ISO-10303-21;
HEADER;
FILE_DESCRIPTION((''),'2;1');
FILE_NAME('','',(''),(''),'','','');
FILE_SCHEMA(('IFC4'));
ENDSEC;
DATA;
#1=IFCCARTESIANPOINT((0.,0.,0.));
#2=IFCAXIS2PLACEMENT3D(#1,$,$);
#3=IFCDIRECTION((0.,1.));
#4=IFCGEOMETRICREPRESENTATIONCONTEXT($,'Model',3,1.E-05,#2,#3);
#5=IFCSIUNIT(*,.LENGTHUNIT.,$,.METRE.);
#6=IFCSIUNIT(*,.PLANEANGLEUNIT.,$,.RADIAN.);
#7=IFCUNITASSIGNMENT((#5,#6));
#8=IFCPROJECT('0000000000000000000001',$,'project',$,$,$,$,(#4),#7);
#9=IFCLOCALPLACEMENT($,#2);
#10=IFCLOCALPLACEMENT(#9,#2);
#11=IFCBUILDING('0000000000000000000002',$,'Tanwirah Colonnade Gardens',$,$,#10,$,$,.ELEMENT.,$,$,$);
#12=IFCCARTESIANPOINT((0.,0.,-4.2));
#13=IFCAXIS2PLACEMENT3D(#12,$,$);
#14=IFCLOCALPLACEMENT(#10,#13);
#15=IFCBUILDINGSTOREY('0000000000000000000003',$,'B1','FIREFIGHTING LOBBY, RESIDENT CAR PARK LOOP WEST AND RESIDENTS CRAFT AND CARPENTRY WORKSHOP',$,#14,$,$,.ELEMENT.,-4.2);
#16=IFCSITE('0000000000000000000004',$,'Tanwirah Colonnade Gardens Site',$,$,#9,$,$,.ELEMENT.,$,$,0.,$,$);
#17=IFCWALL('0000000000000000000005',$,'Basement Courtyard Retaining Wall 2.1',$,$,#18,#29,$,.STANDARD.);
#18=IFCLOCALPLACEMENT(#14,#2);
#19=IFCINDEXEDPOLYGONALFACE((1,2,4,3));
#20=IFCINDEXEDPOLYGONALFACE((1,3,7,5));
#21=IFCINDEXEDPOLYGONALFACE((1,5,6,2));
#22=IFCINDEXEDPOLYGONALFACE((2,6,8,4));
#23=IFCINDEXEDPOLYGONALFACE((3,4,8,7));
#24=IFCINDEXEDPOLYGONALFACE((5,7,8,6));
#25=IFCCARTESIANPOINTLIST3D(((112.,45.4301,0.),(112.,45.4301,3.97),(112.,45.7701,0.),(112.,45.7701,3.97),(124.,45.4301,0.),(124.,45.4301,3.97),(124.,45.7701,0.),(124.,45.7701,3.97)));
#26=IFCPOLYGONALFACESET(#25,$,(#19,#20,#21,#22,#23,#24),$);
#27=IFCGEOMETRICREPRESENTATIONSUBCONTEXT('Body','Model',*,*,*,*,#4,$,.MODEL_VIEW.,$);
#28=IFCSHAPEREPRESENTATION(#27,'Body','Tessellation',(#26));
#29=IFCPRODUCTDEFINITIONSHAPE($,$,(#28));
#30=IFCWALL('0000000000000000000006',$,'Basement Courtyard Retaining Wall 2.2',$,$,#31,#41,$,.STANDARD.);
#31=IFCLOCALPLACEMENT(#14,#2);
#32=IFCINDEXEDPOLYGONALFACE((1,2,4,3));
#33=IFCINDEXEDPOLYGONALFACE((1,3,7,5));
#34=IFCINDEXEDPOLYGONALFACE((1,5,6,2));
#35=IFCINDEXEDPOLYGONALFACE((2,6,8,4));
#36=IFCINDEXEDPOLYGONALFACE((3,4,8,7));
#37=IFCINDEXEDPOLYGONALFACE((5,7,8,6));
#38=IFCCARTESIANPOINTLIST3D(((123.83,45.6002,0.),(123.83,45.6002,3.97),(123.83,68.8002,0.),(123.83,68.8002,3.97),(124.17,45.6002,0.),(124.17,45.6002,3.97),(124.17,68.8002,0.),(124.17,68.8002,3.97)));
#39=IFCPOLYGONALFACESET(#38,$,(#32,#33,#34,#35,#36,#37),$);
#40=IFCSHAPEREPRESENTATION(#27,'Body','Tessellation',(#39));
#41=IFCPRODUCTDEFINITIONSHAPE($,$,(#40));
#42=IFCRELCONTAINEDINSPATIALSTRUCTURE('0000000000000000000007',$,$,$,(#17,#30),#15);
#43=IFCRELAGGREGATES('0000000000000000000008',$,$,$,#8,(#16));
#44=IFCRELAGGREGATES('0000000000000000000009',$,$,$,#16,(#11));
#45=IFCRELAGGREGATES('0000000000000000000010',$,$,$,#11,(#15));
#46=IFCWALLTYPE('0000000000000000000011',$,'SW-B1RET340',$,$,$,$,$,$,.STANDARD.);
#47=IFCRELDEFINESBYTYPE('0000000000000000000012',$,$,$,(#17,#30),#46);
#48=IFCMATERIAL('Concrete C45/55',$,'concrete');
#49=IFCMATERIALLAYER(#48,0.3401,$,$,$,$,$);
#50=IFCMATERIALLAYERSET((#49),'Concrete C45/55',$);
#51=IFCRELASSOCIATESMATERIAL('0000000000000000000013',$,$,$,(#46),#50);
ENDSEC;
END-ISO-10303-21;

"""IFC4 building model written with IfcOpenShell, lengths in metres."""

from ifc_helpers import new_model, si_unit, direction, frame, frame_2d, origin, place, context, subcontext, project, spatial, rectangle, extrude, material, layer, layer_set, type_object, element, save


model = new_model("IFC4")

# Units and contexts
model_context = context("Model", 3, precision=1e-05, world=origin(), true_north=direction((0.0, 1.0)))
body_context = subcontext(model_context, "Body", "Model", "MODEL_VIEW")
ifc_project = project(units=[si_unit("LENGTHUNIT", "METRE"), si_unit("PLANEANGLEUNIT", "RADIAN")], contexts=[model_context])

# Site, building, storey
site_placement = place(None, origin())
site = spatial("IfcSite", under=ifc_project, at=site_placement, Name="Tanwirah Colonnade Gardens Site", CompositionType="ELEMENT", RefElevation=0.0)
building_placement = place(site_placement, origin())
building = spatial("IfcBuilding", under=site, at=building_placement, Name="Tanwirah Colonnade Gardens", CompositionType="ELEMENT")
storey_placement = place(building_placement, frame((0.0, 0.0, -4.2)))
storey = spatial("IfcBuildingStorey", under=building, at=storey_placement, Name="B1", Description="FIREFIGHTING LOBBY, RESIDENT CAR PARK LOOP WEST AND RESIDENTS CRAFT AND CARPENTRY WORKSHOP", CompositionType="ELEMENT", Elevation=-4.2)

# Shared definitions
ifc_material_1 = material(Name="Concrete C45/55", Category="concrete")

# Walls
ifc_layer_1 = layer(ifc_material_1, 0.3401)
ifc_layer_set_1 = layer_set([ifc_layer_1], Name="Concrete C45/55")
wall_type_1 = type_object("IfcWallType", Name="SW-B1RET340", PredefinedType="STANDARD", material=ifc_layer_set_1)
wall_1_placement = place(storey_placement, frame((112.0, 45.6001, 0.0), z_axis=(0.0, 0.0, 1.0), x_axis=(1.0, 0.0, 0.0)))
element("IfcWall", 1, at=wall_1_placement, inside=storey, type_object=wall_type_1, Name="Basement Courtyard Retaining Wall 2.1", PredefinedType="STANDARD", context=body_context, shape_type="SweptSolid", body=[
    extrude(rectangle(XDim=12.0, YDim=0.3401, at=frame_2d((6.0, 0.0))), origin(), (0.0, 0.0, 1.0), 3.97),
])
wall_2_placement = place(storey_placement, frame((124.0, 45.6001, 0.0), z_axis=(0.0, 0.0, 1.0), x_axis=(0.0, 1.0, 0.0)))
element("IfcWall", 2, at=wall_2_placement, inside=storey, type_object=wall_type_1, Name="Basement Courtyard Retaining Wall 2.2", PredefinedType="STANDARD", context=body_context, shape_type="SweptSolid", body=[
    extrude(rectangle(XDim=23.2, YDim=0.3401, at=frame_2d((11.6001, 0.0))), origin(), (0.0, 0.0, 1.0), 3.97),
])

save(model, "model.ifc")
